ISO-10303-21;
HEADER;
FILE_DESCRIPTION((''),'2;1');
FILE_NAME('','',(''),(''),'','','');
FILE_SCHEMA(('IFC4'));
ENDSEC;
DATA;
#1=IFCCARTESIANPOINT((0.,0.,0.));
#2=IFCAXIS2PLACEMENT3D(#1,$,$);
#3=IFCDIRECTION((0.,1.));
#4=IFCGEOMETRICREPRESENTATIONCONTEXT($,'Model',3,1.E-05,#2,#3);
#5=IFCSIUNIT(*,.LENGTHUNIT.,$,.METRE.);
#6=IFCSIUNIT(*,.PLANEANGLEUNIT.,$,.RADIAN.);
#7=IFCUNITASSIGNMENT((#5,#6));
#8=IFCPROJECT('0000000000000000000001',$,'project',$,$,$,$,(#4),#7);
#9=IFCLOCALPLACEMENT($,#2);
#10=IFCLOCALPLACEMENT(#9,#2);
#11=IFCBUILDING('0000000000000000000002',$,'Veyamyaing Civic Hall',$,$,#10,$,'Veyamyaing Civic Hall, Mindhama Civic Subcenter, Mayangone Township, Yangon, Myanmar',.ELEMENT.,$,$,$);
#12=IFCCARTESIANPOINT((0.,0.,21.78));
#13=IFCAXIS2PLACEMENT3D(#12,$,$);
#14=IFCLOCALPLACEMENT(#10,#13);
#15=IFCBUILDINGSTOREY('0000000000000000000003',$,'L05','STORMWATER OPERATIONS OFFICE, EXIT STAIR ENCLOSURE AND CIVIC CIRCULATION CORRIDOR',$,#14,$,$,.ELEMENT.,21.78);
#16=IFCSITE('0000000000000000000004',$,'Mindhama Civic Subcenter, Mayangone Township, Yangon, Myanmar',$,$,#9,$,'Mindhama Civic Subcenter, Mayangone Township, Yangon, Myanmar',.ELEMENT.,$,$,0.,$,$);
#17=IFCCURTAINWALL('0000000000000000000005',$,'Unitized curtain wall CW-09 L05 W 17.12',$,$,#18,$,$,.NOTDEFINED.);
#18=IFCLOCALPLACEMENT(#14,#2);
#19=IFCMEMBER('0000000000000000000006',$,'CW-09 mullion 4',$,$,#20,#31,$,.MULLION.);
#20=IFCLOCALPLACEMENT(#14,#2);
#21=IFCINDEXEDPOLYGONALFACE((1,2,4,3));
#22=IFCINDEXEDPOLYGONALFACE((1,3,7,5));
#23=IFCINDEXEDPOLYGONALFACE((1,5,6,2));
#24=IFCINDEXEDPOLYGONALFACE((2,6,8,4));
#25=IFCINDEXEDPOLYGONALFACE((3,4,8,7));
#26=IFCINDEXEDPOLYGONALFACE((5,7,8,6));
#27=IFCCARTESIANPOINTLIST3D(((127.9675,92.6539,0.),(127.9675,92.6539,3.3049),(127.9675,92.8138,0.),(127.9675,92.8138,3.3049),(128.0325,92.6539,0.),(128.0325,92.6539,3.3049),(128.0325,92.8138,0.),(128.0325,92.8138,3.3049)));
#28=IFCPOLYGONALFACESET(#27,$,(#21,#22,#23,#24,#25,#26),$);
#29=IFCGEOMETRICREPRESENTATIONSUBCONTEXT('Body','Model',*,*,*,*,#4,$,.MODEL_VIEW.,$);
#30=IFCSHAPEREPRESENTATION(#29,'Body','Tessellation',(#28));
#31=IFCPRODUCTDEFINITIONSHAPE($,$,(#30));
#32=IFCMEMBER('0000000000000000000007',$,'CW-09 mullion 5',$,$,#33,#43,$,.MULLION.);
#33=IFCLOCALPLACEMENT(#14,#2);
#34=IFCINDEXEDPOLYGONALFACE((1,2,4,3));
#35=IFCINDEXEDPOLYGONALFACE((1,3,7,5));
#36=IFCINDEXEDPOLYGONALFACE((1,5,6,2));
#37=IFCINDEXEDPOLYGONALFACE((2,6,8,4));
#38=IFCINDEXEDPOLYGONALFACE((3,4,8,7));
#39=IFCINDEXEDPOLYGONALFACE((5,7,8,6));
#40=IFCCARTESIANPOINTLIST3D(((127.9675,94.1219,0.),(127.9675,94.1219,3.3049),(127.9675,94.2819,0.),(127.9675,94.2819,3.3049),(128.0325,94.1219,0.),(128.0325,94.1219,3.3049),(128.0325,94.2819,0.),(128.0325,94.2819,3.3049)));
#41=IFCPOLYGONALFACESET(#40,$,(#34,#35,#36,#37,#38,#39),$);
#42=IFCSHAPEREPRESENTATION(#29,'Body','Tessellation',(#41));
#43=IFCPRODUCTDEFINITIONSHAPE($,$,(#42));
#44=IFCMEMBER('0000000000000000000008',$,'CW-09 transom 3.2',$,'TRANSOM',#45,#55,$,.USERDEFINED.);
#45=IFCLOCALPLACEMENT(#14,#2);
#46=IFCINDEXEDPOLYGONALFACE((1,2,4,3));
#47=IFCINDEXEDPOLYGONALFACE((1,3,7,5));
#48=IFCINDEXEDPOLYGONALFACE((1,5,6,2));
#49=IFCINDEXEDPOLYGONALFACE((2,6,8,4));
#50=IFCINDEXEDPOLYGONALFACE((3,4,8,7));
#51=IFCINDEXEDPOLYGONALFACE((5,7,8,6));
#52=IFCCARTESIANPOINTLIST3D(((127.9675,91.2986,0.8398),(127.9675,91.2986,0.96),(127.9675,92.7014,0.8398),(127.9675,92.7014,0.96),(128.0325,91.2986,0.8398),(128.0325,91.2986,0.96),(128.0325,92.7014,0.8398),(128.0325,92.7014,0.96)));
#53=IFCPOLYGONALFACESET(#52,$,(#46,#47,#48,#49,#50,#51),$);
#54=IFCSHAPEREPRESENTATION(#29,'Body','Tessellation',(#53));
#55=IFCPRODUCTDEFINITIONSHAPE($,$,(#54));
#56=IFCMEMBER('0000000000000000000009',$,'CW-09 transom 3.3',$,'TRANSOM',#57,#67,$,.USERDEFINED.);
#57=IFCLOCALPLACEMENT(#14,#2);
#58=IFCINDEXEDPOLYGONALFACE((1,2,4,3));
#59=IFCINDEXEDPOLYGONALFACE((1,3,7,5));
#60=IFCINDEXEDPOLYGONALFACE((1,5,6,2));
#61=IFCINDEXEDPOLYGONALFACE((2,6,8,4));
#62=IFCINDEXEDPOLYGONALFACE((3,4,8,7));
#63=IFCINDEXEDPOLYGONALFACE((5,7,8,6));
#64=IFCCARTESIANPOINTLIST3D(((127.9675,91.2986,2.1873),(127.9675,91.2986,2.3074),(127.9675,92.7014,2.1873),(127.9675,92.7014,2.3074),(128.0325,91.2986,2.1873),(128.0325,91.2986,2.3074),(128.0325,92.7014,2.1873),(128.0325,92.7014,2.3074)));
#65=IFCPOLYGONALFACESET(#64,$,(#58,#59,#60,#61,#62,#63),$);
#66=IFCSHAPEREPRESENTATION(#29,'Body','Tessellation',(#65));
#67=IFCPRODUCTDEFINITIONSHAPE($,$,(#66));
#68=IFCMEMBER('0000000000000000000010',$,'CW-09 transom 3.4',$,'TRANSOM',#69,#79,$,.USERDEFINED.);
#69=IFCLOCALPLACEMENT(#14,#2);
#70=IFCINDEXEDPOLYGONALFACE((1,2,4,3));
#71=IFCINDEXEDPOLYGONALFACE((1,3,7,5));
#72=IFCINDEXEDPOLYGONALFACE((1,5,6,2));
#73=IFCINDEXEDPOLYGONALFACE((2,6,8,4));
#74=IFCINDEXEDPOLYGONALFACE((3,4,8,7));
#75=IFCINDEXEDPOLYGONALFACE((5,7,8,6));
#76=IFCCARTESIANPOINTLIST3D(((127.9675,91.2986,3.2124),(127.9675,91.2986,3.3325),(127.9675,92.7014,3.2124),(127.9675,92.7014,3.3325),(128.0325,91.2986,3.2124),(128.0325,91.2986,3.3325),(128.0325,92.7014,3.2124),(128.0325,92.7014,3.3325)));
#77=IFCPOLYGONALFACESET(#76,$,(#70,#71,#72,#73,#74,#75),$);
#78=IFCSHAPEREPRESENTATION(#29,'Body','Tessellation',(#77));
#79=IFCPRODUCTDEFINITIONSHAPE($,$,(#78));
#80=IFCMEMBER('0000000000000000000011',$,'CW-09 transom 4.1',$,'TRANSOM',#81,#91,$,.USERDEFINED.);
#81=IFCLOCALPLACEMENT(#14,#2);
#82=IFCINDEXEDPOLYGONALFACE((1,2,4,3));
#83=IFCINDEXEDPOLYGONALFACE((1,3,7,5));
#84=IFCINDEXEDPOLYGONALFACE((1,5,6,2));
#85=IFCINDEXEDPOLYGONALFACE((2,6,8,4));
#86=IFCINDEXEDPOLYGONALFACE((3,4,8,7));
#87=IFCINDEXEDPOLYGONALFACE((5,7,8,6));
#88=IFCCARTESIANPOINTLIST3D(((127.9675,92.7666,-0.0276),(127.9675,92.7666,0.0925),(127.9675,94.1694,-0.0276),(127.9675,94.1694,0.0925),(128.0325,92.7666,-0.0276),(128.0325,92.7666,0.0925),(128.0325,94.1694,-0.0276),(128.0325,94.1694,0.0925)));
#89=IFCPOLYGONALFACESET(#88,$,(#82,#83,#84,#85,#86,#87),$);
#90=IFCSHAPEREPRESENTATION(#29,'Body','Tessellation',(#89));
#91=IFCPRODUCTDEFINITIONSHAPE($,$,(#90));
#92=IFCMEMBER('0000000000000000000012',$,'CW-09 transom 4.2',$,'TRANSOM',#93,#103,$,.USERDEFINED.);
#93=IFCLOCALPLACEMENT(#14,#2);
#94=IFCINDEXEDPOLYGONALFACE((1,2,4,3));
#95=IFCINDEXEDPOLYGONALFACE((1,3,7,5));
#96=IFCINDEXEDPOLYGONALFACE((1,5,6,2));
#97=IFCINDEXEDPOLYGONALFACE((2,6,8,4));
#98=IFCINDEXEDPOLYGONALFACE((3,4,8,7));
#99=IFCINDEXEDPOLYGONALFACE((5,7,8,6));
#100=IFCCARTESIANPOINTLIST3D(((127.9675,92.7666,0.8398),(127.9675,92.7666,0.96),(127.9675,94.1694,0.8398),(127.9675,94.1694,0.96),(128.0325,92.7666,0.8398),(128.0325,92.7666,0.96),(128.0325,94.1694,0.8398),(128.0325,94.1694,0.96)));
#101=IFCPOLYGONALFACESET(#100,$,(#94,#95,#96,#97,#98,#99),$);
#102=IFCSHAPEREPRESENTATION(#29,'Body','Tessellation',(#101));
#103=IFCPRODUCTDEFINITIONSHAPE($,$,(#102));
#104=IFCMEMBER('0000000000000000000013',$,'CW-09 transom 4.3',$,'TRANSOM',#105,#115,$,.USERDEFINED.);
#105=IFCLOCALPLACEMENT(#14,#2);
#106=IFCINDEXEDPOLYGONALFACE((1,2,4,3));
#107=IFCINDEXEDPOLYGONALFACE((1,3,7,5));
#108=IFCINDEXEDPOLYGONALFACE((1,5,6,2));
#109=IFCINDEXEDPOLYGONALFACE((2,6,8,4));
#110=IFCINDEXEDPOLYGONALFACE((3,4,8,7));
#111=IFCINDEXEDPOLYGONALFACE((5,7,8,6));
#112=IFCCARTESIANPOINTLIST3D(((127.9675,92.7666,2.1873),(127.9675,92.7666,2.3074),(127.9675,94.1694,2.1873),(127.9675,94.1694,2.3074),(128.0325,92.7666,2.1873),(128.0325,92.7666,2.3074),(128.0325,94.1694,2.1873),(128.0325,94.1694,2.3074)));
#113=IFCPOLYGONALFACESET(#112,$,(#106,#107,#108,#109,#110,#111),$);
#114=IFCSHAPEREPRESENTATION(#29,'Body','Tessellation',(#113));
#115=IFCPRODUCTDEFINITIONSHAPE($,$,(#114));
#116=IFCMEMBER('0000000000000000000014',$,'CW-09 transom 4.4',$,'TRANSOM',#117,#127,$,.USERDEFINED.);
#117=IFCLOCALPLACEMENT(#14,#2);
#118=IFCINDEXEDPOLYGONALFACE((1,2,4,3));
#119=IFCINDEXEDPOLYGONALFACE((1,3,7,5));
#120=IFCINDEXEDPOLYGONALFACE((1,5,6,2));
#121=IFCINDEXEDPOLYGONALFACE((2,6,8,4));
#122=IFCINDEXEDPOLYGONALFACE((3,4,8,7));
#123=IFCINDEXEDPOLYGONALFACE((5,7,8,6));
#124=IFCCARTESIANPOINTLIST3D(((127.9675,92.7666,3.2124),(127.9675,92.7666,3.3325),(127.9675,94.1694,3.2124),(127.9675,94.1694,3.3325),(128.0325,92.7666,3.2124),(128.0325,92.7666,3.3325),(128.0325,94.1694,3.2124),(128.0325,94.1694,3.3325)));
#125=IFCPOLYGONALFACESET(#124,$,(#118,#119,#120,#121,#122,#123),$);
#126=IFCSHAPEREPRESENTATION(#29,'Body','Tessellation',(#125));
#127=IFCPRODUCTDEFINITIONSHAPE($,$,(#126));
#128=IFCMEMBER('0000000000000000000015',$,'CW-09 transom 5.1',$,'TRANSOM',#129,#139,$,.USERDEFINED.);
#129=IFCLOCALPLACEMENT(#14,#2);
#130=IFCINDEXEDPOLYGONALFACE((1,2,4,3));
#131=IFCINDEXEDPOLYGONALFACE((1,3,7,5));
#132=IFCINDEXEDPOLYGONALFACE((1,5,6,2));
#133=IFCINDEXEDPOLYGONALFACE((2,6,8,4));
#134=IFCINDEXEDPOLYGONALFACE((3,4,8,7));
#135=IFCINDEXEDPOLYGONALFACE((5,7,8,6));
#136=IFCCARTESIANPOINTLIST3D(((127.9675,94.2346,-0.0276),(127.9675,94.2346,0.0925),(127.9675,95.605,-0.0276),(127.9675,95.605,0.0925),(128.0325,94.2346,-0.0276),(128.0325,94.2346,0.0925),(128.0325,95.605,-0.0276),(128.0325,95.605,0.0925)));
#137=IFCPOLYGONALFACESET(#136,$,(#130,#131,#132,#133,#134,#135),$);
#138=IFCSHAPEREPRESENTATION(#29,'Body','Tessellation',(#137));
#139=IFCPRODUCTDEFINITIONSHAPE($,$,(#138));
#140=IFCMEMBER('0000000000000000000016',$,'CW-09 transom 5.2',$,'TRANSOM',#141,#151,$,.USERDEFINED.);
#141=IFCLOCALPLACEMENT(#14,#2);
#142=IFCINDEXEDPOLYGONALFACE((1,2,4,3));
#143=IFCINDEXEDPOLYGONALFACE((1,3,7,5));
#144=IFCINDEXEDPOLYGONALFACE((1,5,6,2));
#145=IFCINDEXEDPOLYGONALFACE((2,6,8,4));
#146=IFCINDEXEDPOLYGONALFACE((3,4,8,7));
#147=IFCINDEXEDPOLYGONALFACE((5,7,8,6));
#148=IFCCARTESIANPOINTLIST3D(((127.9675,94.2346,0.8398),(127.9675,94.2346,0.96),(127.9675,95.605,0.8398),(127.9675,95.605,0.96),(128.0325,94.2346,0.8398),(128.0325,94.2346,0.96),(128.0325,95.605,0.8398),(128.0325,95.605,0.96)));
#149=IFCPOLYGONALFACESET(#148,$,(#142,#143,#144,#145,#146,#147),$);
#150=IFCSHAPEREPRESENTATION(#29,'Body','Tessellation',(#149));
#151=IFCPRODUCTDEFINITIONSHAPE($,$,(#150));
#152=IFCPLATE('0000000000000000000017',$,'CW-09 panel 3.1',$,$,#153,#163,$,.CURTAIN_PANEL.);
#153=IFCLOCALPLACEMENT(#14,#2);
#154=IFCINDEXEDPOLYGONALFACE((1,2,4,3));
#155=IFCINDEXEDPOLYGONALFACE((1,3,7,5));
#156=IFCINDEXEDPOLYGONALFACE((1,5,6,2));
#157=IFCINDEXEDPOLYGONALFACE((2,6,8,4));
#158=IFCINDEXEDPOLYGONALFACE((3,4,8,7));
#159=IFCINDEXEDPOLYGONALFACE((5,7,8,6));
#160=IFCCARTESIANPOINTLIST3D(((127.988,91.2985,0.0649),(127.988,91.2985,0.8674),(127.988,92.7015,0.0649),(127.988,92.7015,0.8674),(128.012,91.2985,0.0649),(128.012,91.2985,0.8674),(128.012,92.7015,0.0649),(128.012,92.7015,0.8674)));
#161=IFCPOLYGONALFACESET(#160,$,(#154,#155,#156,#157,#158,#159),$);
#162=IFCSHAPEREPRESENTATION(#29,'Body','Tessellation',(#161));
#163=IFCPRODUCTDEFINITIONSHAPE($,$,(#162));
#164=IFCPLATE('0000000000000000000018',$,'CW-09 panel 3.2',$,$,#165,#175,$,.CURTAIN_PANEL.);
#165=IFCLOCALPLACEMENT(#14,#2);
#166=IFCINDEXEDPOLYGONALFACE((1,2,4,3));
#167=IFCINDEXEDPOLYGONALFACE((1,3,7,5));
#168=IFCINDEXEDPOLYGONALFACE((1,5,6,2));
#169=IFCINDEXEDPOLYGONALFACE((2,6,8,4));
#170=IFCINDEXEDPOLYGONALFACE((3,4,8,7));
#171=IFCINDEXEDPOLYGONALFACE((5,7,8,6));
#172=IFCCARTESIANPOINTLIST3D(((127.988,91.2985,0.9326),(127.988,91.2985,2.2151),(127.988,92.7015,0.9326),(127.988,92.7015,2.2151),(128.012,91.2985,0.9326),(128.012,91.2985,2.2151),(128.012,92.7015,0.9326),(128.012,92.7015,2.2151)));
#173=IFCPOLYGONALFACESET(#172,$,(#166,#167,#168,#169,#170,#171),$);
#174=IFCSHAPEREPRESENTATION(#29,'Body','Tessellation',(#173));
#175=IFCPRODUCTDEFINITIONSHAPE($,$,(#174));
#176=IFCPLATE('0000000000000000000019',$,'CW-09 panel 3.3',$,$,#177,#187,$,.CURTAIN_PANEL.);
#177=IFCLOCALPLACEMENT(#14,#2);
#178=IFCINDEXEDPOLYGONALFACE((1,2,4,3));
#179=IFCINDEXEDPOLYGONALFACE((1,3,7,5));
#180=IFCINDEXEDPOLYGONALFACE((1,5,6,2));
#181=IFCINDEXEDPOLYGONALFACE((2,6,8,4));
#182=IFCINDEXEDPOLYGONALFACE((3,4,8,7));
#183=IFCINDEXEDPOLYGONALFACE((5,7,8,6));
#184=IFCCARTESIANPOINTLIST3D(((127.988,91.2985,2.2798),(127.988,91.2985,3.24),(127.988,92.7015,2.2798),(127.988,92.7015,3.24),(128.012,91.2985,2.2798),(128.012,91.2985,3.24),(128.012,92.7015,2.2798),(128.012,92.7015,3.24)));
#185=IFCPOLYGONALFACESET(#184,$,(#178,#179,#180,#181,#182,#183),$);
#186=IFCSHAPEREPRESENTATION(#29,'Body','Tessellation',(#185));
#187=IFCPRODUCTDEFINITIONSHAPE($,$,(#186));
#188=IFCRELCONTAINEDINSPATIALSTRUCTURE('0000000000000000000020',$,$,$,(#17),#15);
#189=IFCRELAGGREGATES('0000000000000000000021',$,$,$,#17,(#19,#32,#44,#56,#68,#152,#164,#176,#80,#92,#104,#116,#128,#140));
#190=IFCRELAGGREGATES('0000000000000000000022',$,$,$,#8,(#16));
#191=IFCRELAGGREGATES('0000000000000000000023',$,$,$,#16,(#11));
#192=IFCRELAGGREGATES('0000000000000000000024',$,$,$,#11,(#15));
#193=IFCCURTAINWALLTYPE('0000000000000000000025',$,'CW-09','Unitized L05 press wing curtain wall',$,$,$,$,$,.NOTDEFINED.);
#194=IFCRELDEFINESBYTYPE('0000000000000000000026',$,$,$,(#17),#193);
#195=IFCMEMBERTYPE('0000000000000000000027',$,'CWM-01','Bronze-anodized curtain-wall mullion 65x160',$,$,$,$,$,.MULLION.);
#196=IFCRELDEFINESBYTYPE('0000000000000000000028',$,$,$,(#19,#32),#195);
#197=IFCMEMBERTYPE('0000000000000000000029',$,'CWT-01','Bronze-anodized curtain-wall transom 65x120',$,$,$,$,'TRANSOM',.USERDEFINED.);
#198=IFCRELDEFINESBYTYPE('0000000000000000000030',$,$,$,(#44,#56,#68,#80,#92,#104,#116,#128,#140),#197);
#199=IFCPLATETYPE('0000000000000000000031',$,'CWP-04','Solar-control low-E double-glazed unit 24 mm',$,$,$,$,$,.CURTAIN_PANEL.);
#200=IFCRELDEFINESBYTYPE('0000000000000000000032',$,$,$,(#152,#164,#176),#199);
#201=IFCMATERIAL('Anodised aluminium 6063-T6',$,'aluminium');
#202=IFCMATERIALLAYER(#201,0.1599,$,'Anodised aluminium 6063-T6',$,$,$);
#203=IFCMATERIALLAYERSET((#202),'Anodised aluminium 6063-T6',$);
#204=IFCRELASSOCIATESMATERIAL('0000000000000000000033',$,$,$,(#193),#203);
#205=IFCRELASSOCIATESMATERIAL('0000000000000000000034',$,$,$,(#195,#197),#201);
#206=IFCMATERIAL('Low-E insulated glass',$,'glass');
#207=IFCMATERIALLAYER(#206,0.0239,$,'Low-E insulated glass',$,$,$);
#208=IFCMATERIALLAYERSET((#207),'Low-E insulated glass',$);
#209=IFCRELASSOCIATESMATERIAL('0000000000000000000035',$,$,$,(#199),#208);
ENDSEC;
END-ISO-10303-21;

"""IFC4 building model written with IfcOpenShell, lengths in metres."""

from ifc_helpers import new_model, si_unit, direction, frame, origin, origin_2d, place, context, subcontext, project, spatial, rectangle, extrude, material, layer, layer_set, material_profile, profile_set, type_object, element, aggregate, save


model = new_model("IFC4")

# Units and contexts
model_context = context("Model", 3, precision=1e-05, world=origin(), true_north=direction((0.0, 1.0)))
body_context = subcontext(model_context, "Body", "Model", "MODEL_VIEW")
ifc_project = project(units=[si_unit("LENGTHUNIT", "METRE"), si_unit("PLANEANGLEUNIT", "RADIAN")], contexts=[model_context])

# Site, building, storey
site_placement = place(None, origin())
site = spatial("IfcSite", under=ifc_project, at=site_placement, Name="Mindhama Civic Subcenter, Mayangone Township, Yangon, Myanmar", LongName="Mindhama Civic Subcenter, Mayangone Township, Yangon, Myanmar", CompositionType="ELEMENT", RefElevation=0.0)
building_placement = place(site_placement, origin())
building = spatial("IfcBuilding", under=site, at=building_placement, Name="Veyamyaing Civic Hall", LongName="Veyamyaing Civic Hall, Mindhama Civic Subcenter, Mayangone Township, Yangon, Myanmar", CompositionType="ELEMENT")
storey_placement = place(building_placement, frame((0.0, 0.0, 21.78)))
storey = spatial("IfcBuildingStorey", under=building, at=storey_placement, Name="L05", Description="STORMWATER OPERATIONS OFFICE, EXIT STAIR ENCLOSURE AND CIVIC CIRCULATION CORRIDOR", CompositionType="ELEMENT", Elevation=21.78)

# Curtain wall, members, plates
ifc_material_1 = material(Name="Anodised aluminium 6063-T6", Category="aluminium")
ifc_layer_1 = layer(ifc_material_1, 0.1599, Name="Anodised aluminium 6063-T6")
ifc_layer_set_1 = layer_set([ifc_layer_1], Name="Anodised aluminium 6063-T6")
curtain_wall_type = type_object("IfcCurtainWallType", Name="CW-09", Description="Unitized L05 press wing curtain wall", PredefinedType="NOTDEFINED", material=ifc_layer_set_1)
curtain_wall_placement = place(storey_placement, origin())
curtain_wall = element("IfcCurtainWall", 1, at=curtain_wall_placement, inside=storey, type_object=curtain_wall_type, Name="Unitized curtain wall CW-09 L05 W 17.12", PredefinedType="NOTDEFINED")
ifc_material_profile_1 = material_profile(ifc_material_1, rectangle(XDim=0.0649, YDim=0.1599, at=origin_2d()), Name="ALU-MUL-65X160")
ifc_profile_set_1 = profile_set([ifc_material_profile_1], Name="Anodised aluminium 6063-T6")
member_type_1 = type_object("IfcMemberType", Name="CWM-01", Description="Bronze-anodized curtain-wall mullion 65x160", PredefinedType="MULLION", material=ifc_profile_set_1)
member_1_placement = place(storey_placement, frame((128.0, 92.7339, 0.0), z_axis=(0.0, 0.0, 1.0), x_axis=(-1.0, 0.0, 0.0)))
member_1 = element("IfcMember", 2, at=member_1_placement, type_object=member_type_1, Name="CW-09 mullion 4", PredefinedType="MULLION", context=body_context, shape_type="SweptSolid", body=[
    extrude(rectangle(XDim=0.0649, YDim=0.1599, at=origin_2d()), origin(), (0.0, 0.0, 1.0), 3.3049),
])
member_2_placement = place(storey_placement, frame((128.0, 94.2019, 0.0), z_axis=(0.0, 0.0, 1.0), x_axis=(-1.0, 0.0, 0.0)))
member_2 = element("IfcMember", 3, at=member_2_placement, type_object=member_type_1, Name="CW-09 mullion 5", PredefinedType="MULLION", context=body_context, shape_type="SweptSolid", body=[
    extrude(rectangle(XDim=0.0649, YDim=0.1599, at=origin_2d()), origin(), (0.0, 0.0, 1.0), 3.3049),
])
ifc_material_profile_2 = material_profile(ifc_material_1, rectangle(XDim=0.0649, YDim=0.1201, at=origin_2d()), Name="ALU-TRN-65X120")
ifc_profile_set_2 = profile_set([ifc_material_profile_2], Name="Anodised aluminium 6063-T6")
member_type_2 = type_object("IfcMemberType", Name="CWT-01", Description="Bronze-anodized curtain-wall transom 65x120", ElementType="TRANSOM", PredefinedType="USERDEFINED", material=ifc_profile_set_2)
member_3_placement = place(storey_placement, frame((128.0, 91.2986, 0.8999), z_axis=(0.0, 1.0, 0.0), x_axis=(-1.0, 0.0, 0.0)))
member_3 = element("IfcMember", 4, at=member_3_placement, type_object=member_type_2, Name="CW-09 transom 3.2", ObjectType="TRANSOM", PredefinedType="USERDEFINED", context=body_context, shape_type="SweptSolid", body=[
    extrude(rectangle(XDim=0.0649, YDim=0.1201, at=origin_2d()), origin(), (0.0, 0.0, 1.0), 1.4028),
])
member_4_placement = place(storey_placement, frame((128.0, 91.2986, 2.2473), z_axis=(0.0, 1.0, 0.0), x_axis=(-1.0, 0.0, 0.0)))
member_4 = element("IfcMember", 5, at=member_4_placement, type_object=member_type_2, Name="CW-09 transom 3.3", ObjectType="TRANSOM", PredefinedType="USERDEFINED", context=body_context, shape_type="SweptSolid", body=[
    extrude(rectangle(XDim=0.0649, YDim=0.1201, at=origin_2d()), origin(), (0.0, 0.0, 1.0), 1.4028),
])
member_5_placement = place(storey_placement, frame((128.0, 91.2986, 3.2725), z_axis=(0.0, 1.0, 0.0), x_axis=(-1.0, 0.0, 0.0)))
member_5 = element("IfcMember", 6, at=member_5_placement, type_object=member_type_2, Name="CW-09 transom 3.4", ObjectType="TRANSOM", PredefinedType="USERDEFINED", context=body_context, shape_type="SweptSolid", body=[
    extrude(rectangle(XDim=0.0649, YDim=0.1201, at=origin_2d()), origin(), (0.0, 0.0, 1.0), 1.4028),
])
member_6_placement = place(storey_placement, frame((128.0, 92.7666, 0.0325), z_axis=(0.0, 1.0, 0.0), x_axis=(-1.0, 0.0, 0.0)))
member_6 = element("IfcMember", 7, at=member_6_placement, type_object=member_type_2, Name="CW-09 transom 4.1", ObjectType="TRANSOM", PredefinedType="USERDEFINED", context=body_context, shape_type="SweptSolid", body=[
    extrude(rectangle(XDim=0.0649, YDim=0.1201, at=origin_2d()), origin(), (0.0, 0.0, 1.0), 1.4028),
])
member_7_placement = place(storey_placement, frame((128.0, 92.7666, 0.8999), z_axis=(0.0, 1.0, 0.0), x_axis=(-1.0, 0.0, 0.0)))
member_7 = element("IfcMember", 8, at=member_7_placement, type_object=member_type_2, Name="CW-09 transom 4.2", ObjectType="TRANSOM", PredefinedType="USERDEFINED", context=body_context, shape_type="SweptSolid", body=[
    extrude(rectangle(XDim=0.0649, YDim=0.1201, at=origin_2d()), origin(), (0.0, 0.0, 1.0), 1.4028),
])
member_8_placement = place(storey_placement, frame((128.0, 92.7666, 2.2473), z_axis=(0.0, 1.0, 0.0), x_axis=(-1.0, 0.0, 0.0)))
member_8 = element("IfcMember", 9, at=member_8_placement, type_object=member_type_2, Name="CW-09 transom 4.3", ObjectType="TRANSOM", PredefinedType="USERDEFINED", context=body_context, shape_type="SweptSolid", body=[
    extrude(rectangle(XDim=0.0649, YDim=0.1201, at=origin_2d()), origin(), (0.0, 0.0, 1.0), 1.4028),
])
member_9_placement = place(storey_placement, frame((128.0, 92.7666, 3.2725), z_axis=(0.0, 1.0, 0.0), x_axis=(-1.0, 0.0, 0.0)))
member_9 = element("IfcMember", 10, at=member_9_placement, type_object=member_type_2, Name="CW-09 transom 4.4", ObjectType="TRANSOM", PredefinedType="USERDEFINED", context=body_context, shape_type="SweptSolid", body=[
    extrude(rectangle(XDim=0.0649, YDim=0.1201, at=origin_2d()), origin(), (0.0, 0.0, 1.0), 1.4028),
])
member_10_placement = place(storey_placement, frame((128.0, 94.2346, 0.0325), z_axis=(0.0, 1.0, 0.0), x_axis=(-1.0, 0.0, 0.0)))
member_10 = element("IfcMember", 11, at=member_10_placement, type_object=member_type_2, Name="CW-09 transom 5.1", ObjectType="TRANSOM", PredefinedType="USERDEFINED", context=body_context, shape_type="SweptSolid", body=[
    extrude(rectangle(XDim=0.0649, YDim=0.1201, at=origin_2d()), origin(), (0.0, 0.0, 1.0), 1.3704),
])
member_11_placement = place(storey_placement, frame((128.0, 94.2346, 0.8999), z_axis=(0.0, 1.0, 0.0), x_axis=(-1.0, 0.0, 0.0)))
member_11 = element("IfcMember", 12, at=member_11_placement, type_object=member_type_2, Name="CW-09 transom 5.2", ObjectType="TRANSOM", PredefinedType="USERDEFINED", context=body_context, shape_type="SweptSolid", body=[
    extrude(rectangle(XDim=0.0649, YDim=0.1201, at=origin_2d()), origin(), (0.0, 0.0, 1.0), 1.3704),
])
ifc_material_2 = material(Name="Low-E insulated glass", Category="glass")
ifc_layer_2 = layer(ifc_material_2, 0.0239, Name="Low-E insulated glass")
ifc_layer_set_2 = layer_set([ifc_layer_2], Name="Low-E insulated glass")
plate_type = type_object("IfcPlateType", Name="CWP-04", Description="Solar-control low-E double-glazed unit 24 mm", PredefinedType="CURTAIN_PANEL", material=ifc_layer_set_2)
plate_1_placement = place(storey_placement, frame((128.0, 92.0, 0.0649), z_axis=(0.0, 0.0, 1.0), x_axis=(0.0, 1.0, 0.0)))
plate_1 = element("IfcPlate", 13, at=plate_1_placement, type_object=plate_type, Name="CW-09 panel 3.1", PredefinedType="CURTAIN_PANEL", context=body_context, shape_type="SweptSolid", body=[
    extrude(rectangle(XDim=1.4031, YDim=0.0239, at=origin_2d()), origin(), (0.0, 0.0, 1.0), 0.8025),
])
plate_2_placement = place(storey_placement, frame((128.0, 92.0, 0.9326), z_axis=(0.0, 0.0, 1.0), x_axis=(0.0, 1.0, 0.0)))
plate_2 = element("IfcPlate", 14, at=plate_2_placement, type_object=plate_type, Name="CW-09 panel 3.2", PredefinedType="CURTAIN_PANEL", context=body_context, shape_type="SweptSolid", body=[
    extrude(rectangle(XDim=1.4031, YDim=0.0239, at=origin_2d()), origin(), (0.0, 0.0, 1.0), 1.2825),
])
plate_3_placement = place(storey_placement, frame((128.0, 92.0, 2.2798), z_axis=(0.0, 0.0, 1.0), x_axis=(0.0, 1.0, 0.0)))
plate_3 = element("IfcPlate", 15, at=plate_3_placement, type_object=plate_type, Name="CW-09 panel 3.3", PredefinedType="CURTAIN_PANEL", context=body_context, shape_type="SweptSolid", body=[
    extrude(rectangle(XDim=1.4031, YDim=0.0239, at=origin_2d()), origin(), (0.0, 0.0, 1.0), 0.9602),
])
aggregate(curtain_wall, [member_1, member_2, member_3, member_4, member_5, plate_1, plate_2, plate_3, member_6, member_7, member_8, member_9, member_10, member_11])

save(model, "model.ifc")
